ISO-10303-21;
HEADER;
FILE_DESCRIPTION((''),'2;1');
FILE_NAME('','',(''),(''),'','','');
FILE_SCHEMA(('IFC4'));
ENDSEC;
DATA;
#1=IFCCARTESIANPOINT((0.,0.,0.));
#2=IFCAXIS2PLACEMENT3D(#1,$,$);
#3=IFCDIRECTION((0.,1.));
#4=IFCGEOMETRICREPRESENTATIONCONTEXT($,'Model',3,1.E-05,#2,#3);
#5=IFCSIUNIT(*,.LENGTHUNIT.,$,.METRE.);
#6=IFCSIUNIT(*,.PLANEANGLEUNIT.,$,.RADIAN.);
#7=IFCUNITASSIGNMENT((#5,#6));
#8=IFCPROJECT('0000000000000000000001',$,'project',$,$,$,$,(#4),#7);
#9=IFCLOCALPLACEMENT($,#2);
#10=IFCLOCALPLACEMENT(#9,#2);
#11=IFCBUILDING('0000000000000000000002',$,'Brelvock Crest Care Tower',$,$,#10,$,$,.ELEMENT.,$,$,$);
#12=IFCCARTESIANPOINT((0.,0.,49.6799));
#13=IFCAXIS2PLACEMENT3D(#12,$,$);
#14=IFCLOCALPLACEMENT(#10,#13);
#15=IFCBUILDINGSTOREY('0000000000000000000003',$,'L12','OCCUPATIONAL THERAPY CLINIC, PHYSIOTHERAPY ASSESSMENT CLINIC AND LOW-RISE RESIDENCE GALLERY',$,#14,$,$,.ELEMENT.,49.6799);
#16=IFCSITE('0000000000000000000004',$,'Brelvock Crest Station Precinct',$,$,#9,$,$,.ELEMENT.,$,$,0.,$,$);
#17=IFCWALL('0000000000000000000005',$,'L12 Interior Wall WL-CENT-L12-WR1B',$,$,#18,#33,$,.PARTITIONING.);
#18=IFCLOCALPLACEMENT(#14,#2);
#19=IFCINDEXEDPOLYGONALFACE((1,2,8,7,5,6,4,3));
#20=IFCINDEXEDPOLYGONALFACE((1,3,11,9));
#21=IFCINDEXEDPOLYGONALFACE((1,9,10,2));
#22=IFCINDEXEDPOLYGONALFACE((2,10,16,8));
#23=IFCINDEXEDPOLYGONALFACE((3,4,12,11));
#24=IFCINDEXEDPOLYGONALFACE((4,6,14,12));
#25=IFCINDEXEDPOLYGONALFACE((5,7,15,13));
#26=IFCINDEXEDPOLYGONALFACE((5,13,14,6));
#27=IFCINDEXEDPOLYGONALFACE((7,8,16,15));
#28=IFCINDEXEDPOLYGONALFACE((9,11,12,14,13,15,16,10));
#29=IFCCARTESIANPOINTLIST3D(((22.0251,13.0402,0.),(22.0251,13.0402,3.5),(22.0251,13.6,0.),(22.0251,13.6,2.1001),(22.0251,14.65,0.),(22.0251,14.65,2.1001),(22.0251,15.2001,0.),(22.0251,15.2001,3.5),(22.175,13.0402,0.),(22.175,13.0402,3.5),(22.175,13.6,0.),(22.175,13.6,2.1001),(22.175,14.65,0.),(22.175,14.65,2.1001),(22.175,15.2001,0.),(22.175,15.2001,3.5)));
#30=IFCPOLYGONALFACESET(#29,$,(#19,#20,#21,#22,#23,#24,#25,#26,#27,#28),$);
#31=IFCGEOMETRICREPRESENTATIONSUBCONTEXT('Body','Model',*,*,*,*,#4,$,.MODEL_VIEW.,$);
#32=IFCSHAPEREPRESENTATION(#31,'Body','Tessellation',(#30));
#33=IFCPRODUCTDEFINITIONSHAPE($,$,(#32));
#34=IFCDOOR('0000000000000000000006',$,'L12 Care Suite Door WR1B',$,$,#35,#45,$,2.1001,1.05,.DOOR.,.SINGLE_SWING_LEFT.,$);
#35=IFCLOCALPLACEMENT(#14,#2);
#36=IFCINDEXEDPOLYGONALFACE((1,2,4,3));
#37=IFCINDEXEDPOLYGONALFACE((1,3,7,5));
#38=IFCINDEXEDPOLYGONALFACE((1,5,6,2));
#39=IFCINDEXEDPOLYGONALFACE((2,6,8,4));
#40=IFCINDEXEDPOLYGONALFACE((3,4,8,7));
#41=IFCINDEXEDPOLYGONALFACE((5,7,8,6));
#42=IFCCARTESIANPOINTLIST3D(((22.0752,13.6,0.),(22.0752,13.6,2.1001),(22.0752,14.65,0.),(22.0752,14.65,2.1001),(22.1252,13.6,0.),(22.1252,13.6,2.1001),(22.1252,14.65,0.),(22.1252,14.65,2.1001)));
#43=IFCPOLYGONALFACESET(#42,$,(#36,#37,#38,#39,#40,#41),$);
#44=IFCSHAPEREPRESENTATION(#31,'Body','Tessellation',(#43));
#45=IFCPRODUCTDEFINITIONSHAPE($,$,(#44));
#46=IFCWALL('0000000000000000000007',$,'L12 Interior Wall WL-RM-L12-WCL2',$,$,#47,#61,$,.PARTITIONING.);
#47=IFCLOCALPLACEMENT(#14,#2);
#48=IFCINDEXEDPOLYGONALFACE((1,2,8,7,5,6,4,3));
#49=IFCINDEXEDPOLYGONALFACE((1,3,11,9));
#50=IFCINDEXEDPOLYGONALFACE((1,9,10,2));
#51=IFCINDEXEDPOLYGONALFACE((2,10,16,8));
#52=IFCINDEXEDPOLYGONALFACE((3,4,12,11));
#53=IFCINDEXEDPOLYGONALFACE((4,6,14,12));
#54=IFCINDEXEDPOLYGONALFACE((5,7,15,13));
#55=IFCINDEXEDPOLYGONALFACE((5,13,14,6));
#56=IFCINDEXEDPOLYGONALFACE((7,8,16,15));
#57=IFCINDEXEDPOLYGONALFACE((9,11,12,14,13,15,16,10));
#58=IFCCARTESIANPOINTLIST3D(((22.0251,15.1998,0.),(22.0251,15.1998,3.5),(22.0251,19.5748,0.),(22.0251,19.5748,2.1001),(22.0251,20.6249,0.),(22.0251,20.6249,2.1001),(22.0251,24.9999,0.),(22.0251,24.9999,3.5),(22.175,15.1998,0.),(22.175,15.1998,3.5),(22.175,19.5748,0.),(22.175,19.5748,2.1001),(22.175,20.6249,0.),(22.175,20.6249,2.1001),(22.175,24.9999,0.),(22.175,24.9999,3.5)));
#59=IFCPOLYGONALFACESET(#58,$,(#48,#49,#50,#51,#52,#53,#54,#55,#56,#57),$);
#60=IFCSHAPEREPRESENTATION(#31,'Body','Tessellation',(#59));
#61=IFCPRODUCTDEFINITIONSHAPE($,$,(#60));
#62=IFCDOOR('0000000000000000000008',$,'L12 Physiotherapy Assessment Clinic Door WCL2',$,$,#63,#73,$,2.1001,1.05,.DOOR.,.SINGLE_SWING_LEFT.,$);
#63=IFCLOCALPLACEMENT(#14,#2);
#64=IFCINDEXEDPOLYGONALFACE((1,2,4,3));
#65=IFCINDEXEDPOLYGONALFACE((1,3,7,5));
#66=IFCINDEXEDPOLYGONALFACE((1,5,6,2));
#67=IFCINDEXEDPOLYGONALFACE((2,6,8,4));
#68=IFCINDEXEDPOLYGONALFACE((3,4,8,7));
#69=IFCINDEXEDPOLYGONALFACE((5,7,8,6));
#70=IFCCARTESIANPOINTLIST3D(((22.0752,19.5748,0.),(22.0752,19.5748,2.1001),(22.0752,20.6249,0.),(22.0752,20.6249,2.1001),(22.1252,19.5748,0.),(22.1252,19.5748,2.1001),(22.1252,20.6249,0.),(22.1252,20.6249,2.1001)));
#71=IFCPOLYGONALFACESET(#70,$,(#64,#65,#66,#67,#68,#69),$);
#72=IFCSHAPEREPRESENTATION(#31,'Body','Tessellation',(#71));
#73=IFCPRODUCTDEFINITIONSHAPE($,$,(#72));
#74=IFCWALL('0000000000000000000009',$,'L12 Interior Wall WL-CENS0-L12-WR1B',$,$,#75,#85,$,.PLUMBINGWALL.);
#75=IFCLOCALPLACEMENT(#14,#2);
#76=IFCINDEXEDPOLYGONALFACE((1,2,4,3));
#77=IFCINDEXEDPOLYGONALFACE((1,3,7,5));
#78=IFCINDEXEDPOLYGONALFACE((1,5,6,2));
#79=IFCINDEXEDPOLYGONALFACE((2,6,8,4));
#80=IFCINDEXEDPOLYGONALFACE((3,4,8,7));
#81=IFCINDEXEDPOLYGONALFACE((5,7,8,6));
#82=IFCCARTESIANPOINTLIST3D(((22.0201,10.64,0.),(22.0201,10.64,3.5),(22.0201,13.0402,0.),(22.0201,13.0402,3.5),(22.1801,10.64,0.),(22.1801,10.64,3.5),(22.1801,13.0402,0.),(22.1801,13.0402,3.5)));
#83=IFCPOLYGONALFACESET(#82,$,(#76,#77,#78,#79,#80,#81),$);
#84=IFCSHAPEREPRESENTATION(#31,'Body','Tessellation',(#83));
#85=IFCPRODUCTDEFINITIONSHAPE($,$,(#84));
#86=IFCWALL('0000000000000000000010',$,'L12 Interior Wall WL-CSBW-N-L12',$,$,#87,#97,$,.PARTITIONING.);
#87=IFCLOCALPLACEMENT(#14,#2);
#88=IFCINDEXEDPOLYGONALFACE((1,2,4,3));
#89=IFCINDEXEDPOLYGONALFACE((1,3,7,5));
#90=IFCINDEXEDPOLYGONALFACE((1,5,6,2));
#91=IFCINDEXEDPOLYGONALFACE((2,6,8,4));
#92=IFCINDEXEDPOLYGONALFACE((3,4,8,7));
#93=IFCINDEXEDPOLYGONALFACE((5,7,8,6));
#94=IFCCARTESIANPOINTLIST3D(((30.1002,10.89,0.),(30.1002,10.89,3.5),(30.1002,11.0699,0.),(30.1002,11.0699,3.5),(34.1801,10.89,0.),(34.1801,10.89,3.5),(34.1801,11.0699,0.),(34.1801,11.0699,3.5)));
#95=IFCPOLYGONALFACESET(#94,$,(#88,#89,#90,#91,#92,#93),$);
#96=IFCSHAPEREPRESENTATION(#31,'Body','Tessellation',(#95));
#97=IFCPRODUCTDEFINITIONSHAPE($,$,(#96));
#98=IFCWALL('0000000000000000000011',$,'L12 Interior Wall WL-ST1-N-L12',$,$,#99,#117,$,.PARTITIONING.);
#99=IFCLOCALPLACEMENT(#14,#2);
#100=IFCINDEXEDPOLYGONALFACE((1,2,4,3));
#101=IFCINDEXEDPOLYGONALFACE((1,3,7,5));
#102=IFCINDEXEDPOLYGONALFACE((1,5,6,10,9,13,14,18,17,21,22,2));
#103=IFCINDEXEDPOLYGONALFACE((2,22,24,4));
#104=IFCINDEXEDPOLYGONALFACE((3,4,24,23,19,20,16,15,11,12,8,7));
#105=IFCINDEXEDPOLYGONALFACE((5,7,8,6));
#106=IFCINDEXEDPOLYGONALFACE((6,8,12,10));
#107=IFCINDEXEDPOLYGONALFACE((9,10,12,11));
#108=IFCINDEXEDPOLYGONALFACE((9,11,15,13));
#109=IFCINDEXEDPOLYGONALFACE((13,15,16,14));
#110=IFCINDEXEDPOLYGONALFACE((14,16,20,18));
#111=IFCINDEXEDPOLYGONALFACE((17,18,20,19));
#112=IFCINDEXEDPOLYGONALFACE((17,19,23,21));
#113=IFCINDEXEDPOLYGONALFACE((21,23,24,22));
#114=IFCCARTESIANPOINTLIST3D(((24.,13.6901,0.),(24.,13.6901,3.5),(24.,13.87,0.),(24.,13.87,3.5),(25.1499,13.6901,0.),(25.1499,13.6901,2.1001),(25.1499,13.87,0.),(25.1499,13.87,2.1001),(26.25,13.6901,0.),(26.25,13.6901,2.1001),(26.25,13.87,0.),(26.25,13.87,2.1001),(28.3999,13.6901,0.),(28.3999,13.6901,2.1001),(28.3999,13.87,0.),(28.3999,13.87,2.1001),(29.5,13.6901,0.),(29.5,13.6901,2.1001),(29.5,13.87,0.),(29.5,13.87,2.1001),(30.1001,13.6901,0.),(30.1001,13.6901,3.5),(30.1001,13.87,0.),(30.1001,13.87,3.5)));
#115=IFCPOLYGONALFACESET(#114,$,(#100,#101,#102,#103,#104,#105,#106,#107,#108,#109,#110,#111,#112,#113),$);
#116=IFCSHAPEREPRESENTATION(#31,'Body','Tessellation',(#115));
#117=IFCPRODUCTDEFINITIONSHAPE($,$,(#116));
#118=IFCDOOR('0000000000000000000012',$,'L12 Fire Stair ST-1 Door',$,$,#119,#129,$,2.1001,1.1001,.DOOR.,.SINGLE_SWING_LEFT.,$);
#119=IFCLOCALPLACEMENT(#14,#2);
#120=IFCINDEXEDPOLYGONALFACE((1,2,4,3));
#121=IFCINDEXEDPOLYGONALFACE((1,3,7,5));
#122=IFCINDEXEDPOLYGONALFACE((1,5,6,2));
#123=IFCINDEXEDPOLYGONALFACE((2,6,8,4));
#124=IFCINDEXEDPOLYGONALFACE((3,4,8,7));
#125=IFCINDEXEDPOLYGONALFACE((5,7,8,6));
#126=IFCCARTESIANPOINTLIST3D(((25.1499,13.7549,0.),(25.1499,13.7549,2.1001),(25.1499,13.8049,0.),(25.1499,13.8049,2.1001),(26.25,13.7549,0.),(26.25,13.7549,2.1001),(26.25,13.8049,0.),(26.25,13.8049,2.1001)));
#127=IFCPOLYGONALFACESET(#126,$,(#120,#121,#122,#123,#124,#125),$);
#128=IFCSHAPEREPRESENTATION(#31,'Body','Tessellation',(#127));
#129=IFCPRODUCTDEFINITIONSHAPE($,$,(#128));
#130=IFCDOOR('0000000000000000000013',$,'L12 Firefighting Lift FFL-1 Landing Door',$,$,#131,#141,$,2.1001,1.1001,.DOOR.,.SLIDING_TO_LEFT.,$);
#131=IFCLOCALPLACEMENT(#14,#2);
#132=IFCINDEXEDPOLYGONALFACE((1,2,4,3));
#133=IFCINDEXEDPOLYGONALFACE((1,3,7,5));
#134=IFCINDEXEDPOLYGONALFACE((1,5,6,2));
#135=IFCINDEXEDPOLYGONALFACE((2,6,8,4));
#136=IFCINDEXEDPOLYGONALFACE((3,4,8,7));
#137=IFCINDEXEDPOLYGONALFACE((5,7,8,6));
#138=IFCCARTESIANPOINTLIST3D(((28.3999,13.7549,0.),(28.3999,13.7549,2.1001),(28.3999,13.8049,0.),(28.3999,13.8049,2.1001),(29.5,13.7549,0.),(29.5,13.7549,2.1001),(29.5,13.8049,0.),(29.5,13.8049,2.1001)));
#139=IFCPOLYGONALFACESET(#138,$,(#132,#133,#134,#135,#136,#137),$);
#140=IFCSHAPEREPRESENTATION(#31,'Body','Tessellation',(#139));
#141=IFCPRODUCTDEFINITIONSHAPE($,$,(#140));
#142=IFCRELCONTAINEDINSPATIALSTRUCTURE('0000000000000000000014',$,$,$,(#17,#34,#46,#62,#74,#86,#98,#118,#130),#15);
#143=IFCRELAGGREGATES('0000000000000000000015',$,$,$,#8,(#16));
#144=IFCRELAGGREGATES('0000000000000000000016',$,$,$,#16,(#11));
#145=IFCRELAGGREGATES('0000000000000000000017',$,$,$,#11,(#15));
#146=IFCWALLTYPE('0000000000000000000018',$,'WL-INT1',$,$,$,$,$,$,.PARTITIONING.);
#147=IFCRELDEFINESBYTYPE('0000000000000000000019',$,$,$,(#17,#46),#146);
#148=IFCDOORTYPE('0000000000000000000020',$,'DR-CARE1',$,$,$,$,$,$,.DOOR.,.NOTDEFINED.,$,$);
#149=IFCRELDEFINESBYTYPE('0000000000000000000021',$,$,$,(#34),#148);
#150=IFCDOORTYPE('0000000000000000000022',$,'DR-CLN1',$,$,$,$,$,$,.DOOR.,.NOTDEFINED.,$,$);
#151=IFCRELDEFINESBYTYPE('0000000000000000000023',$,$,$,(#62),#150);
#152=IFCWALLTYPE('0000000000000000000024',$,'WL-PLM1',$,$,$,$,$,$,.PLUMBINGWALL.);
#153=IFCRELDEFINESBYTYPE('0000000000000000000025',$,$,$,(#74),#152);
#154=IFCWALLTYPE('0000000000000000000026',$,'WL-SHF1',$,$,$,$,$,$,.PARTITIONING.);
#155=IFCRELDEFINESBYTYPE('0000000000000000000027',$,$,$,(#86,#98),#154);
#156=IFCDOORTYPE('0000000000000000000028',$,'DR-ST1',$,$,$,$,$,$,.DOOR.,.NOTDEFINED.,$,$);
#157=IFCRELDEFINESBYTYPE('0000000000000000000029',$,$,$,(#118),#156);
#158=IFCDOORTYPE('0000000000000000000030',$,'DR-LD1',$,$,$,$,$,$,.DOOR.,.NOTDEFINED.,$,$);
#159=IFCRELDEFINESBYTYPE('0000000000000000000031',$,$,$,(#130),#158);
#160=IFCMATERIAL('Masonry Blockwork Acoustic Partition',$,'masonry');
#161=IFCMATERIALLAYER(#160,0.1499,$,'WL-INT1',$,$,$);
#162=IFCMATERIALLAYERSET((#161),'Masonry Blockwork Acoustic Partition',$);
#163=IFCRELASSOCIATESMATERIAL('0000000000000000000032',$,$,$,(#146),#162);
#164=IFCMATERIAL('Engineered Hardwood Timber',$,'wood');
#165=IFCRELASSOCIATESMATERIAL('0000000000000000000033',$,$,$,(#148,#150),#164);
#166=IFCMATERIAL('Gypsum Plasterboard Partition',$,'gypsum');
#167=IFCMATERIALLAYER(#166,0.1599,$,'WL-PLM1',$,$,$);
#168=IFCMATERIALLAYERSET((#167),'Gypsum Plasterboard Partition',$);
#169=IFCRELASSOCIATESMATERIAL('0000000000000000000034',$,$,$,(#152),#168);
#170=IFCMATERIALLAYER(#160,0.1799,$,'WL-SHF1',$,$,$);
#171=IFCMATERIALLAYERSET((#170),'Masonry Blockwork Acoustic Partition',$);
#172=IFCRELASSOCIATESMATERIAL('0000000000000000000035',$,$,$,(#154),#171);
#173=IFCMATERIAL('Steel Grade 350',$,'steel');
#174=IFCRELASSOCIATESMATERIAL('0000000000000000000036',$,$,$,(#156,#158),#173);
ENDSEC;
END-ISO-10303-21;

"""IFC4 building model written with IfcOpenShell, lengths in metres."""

from ifc_helpers import new_model, si_unit, direction, frame, frame_2d, origin, origin_2d, place, context, subcontext, project, spatial, rectangle, extrude, source, transform, mapped, material, layer, layer_set, type_object, element, fill, save


model = new_model("IFC4")

# Units and contexts
model_context = context("Model", 3, precision=1e-05, world=origin(), true_north=direction((0.0, 1.0)))
body_context = subcontext(model_context, "Body", "Model", "MODEL_VIEW")
ifc_project = project(units=[si_unit("LENGTHUNIT", "METRE"), si_unit("PLANEANGLEUNIT", "RADIAN")], contexts=[model_context])

# Site, building, storey
site_placement = place(None, origin())
site = spatial("IfcSite", under=ifc_project, at=site_placement, Name="Brelvock Crest Station Precinct", CompositionType="ELEMENT", RefElevation=0.0)
building_placement = place(site_placement, origin())
building = spatial("IfcBuilding", under=site, at=building_placement, Name="Brelvock Crest Care Tower", CompositionType="ELEMENT")
storey_placement = place(building_placement, frame((0.0, 0.0, 49.6799)))
storey = spatial("IfcBuildingStorey", under=building, at=storey_placement, Name="L12", Description="OCCUPATIONAL THERAPY CLINIC, PHYSIOTHERAPY ASSESSMENT CLINIC AND LOW-RISE RESIDENCE GALLERY", CompositionType="ELEMENT", Elevation=49.6799)

# Walls, openings, doors
ifc_material_1 = material(Name="Masonry Blockwork Acoustic Partition", Category="masonry")
ifc_layer_1 = layer(ifc_material_1, 0.1499, Name="WL-INT1")
ifc_layer_set_1 = layer_set([ifc_layer_1], Name="Masonry Blockwork Acoustic Partition")
wall_type_1 = type_object("IfcWallType", Name="WL-INT1", PredefinedType="PARTITIONING", material=ifc_layer_set_1)
wall_1_placement = place(storey_placement, frame((22.1001, 13.04, 0.0), z_axis=(0.0, 0.0, 1.0), x_axis=(0.0, 1.0, 0.0)))
wall_1 = element("IfcWall", 1, at=wall_1_placement, inside=storey, type_object=wall_type_1, Name="L12 Interior Wall WL-CENT-L12-WR1B", PredefinedType="PARTITIONING", context=body_context, shape_type="SweptSolid", body=[
    extrude(rectangle(XDim=2.1599, YDim=0.1499, at=frame_2d((1.0801, 0.0))), origin(), (0.0, 0.0, 1.0), 3.5),
])
opening_1_placement = place(wall_1_placement, frame((0.5601, 0.0, 0.0)))
opening_1 = element("IfcOpeningElement", 2, at=opening_1_placement, cuts=wall_1, PredefinedType="OPENING", context=body_context, shape_type="SweptSolid", body=[
    extrude(rectangle(XDim=1.05, YDim=2.1001, at=origin_2d()), frame((0.5249, 0.085, 1.05), z_axis=(0.0, -1.0, 0.0), x_axis=(1.0, 0.0, 0.0)), (0.0, 0.0, 1.0), 0.1699),
])
ifc_material_2 = material(Name="Engineered Hardwood Timber", Category="wood")
door_type_1 = type_object("IfcDoorType", Name="DR-CARE1", OperationType="NOTDEFINED", PredefinedType="DOOR", material=ifc_material_2)
shared_shape_1 = source(origin(), body_context, "Body", "SweptSolid", [
    extrude(rectangle(XDim=1.05, YDim=2.1001, at=origin_2d()), frame((0.5249, 0.0249, 1.05), z_axis=(0.0, -1.0, 0.0), x_axis=(1.0, 0.0, 0.0)), (0.0, 0.0, 1.0), 0.05),
])
door_1_placement = place(opening_1_placement, origin())
door_1 = element("IfcDoor", 3, at=door_1_placement, inside=storey, type_object=door_type_1, Name="L12 Care Suite Door WR1B", OperationType="SINGLE_SWING_LEFT", OverallHeight=2.1001, OverallWidth=1.05, PredefinedType="DOOR", context=body_context, shape_type="MappedRepresentation", body=[
    mapped(shared_shape_1, transform((0.0, 0.0, 0.0), x_axis=(1.0, 0.0, 0.0), y_axis=(0.0, 1.0, 0.0), z_axis=(0.0, 0.0, 1.0), scale=1.0)),
])
fill(opening_1, door_1)
wall_2_placement = place(storey_placement, frame((22.1001, 15.2, 0.0), z_axis=(0.0, 0.0, 1.0), x_axis=(0.0, 1.0, 0.0)))
wall_2 = element("IfcWall", 4, at=wall_2_placement, inside=storey, type_object=wall_type_1, Name="L12 Interior Wall WL-RM-L12-WCL2", PredefinedType="PARTITIONING", context=body_context, shape_type="SweptSolid", body=[
    extrude(rectangle(XDim=9.8, YDim=0.1499, at=frame_2d((4.8999, 0.0))), origin(), (0.0, 0.0, 1.0), 3.5),
])
opening_2_placement = place(wall_2_placement, frame((4.375, 0.0, 0.0)))
opening_2 = element("IfcOpeningElement", 5, at=opening_2_placement, cuts=wall_2, PredefinedType="OPENING", context=body_context, shape_type="SweptSolid", body=[
    extrude(rectangle(XDim=1.05, YDim=2.1001, at=origin_2d()), frame((0.5249, 0.085, 1.05), z_axis=(0.0, -1.0, 0.0), x_axis=(1.0, 0.0, 0.0)), (0.0, 0.0, 1.0), 0.1699),
])
door_type_2 = type_object("IfcDoorType", Name="DR-CLN1", OperationType="NOTDEFINED", PredefinedType="DOOR", material=ifc_material_2)
shared_shape_2 = source(origin(), body_context, "Body", "SweptSolid", [
    extrude(rectangle(XDim=1.05, YDim=2.1001, at=origin_2d()), frame((0.5249, 0.0249, 1.05), z_axis=(0.0, -1.0, 0.0), x_axis=(1.0, 0.0, 0.0)), (0.0, 0.0, 1.0), 0.05),
])
door_2_placement = place(opening_2_placement, origin())
door_2 = element("IfcDoor", 6, at=door_2_placement, inside=storey, type_object=door_type_2, Name="L12 Physiotherapy Assessment Clinic Door WCL2", OperationType="SINGLE_SWING_LEFT", OverallHeight=2.1001, OverallWidth=1.05, PredefinedType="DOOR", context=body_context, shape_type="MappedRepresentation", body=[
    mapped(shared_shape_2, transform((0.0, 0.0, 0.0), x_axis=(1.0, 0.0, 0.0), y_axis=(0.0, 1.0, 0.0), z_axis=(0.0, 0.0, 1.0), scale=1.0)),
])
fill(opening_2, door_2)

# Walls
ifc_material_3 = material(Name="Gypsum Plasterboard Partition", Category="gypsum")
ifc_layer_2 = layer(ifc_material_3, 0.1599, Name="WL-PLM1")
ifc_layer_set_2 = layer_set([ifc_layer_2], Name="Gypsum Plasterboard Partition")
wall_type_2 = type_object("IfcWallType", Name="WL-PLM1", PredefinedType="PLUMBINGWALL", material=ifc_layer_set_2)
wall_3_placement = place(storey_placement, frame((22.1001, 10.6399, 0.0), z_axis=(0.0, 0.0, 1.0), x_axis=(0.0, 1.0, 0.0)))
element("IfcWall", 7, at=wall_3_placement, inside=storey, type_object=wall_type_2, Name="L12 Interior Wall WL-CENS0-L12-WR1B", PredefinedType="PLUMBINGWALL", context=body_context, shape_type="SweptSolid", body=[
    extrude(rectangle(XDim=2.4001, YDim=0.1599, at=frame_2d((1.2002, 0.0))), origin(), (0.0, 0.0, 1.0), 3.5),
])
ifc_layer_3 = layer(ifc_material_1, 0.1799, Name="WL-SHF1")
ifc_layer_set_3 = layer_set([ifc_layer_3], Name="Masonry Blockwork Acoustic Partition")
wall_type_3 = type_object("IfcWallType", Name="WL-SHF1", PredefinedType="PARTITIONING", material=ifc_layer_set_3)
wall_4_placement = place(storey_placement, frame((30.1001, 10.98, 0.0), z_axis=(0.0, 0.0, 1.0), x_axis=(1.0, 0.0, 0.0)))
element("IfcWall", 8, at=wall_4_placement, inside=storey, type_object=wall_type_3, Name="L12 Interior Wall WL-CSBW-N-L12", PredefinedType="PARTITIONING", context=body_context, shape_type="SweptSolid", body=[
    extrude(rectangle(XDim=4.0798, YDim=0.1799, at=frame_2d((2.04, 0.0))), origin(), (0.0, 0.0, 1.0), 3.5),
])

# Wall, openings, doors
wall_5_placement = place(storey_placement, frame((24.0, 13.78, 0.0), z_axis=(0.0, 0.0, 1.0), x_axis=(1.0, 0.0, 0.0)))
wall_5 = element("IfcWall", 9, at=wall_5_placement, inside=storey, type_object=wall_type_3, Name="L12 Interior Wall WL-ST1-N-L12", PredefinedType="PARTITIONING", context=body_context, shape_type="SweptSolid", body=[
    extrude(rectangle(XDim=6.1001, YDim=0.1799, at=frame_2d((3.05, 0.0))), origin(), (0.0, 0.0, 1.0), 3.5),
])
opening_3_placement = place(wall_5_placement, frame((1.1499, 0.0, 0.0)))
opening_3 = element("IfcOpeningElement", 10, at=opening_3_placement, cuts=wall_5, PredefinedType="OPENING", context=body_context, shape_type="SweptSolid", body=[
    extrude(rectangle(XDim=1.1001, YDim=2.1001, at=origin_2d()), frame((0.55, 0.1001, 1.05), z_axis=(0.0, -1.0, 0.0), x_axis=(1.0, 0.0, 0.0)), (0.0, 0.0, 1.0), 0.2),
])
opening_4_placement = place(wall_5_placement, frame((4.3999, 0.0, 0.0)))
opening_4 = element("IfcOpeningElement", 11, at=opening_4_placement, cuts=wall_5, PredefinedType="OPENING", context=body_context, shape_type="SweptSolid", body=[
    extrude(rectangle(XDim=1.1001, YDim=2.1001, at=origin_2d()), frame((0.55, 0.1001, 1.05), z_axis=(0.0, -1.0, 0.0), x_axis=(1.0, 0.0, 0.0)), (0.0, 0.0, 1.0), 0.2),
])
ifc_material_4 = material(Name="Steel Grade 350", Category="steel")
door_type_3 = type_object("IfcDoorType", Name="DR-ST1", OperationType="NOTDEFINED", PredefinedType="DOOR", material=ifc_material_4)
shared_shape_3 = source(origin(), body_context, "Body", "SweptSolid", [
    extrude(rectangle(XDim=1.1001, YDim=2.1001, at=origin_2d()), frame((0.55, 0.0249, 1.05), z_axis=(0.0, -1.0, 0.0), x_axis=(1.0, 0.0, 0.0)), (0.0, 0.0, 1.0), 0.05),
])
door_3_placement = place(opening_3_placement, origin())
door_3 = element("IfcDoor", 12, at=door_3_placement, inside=storey, type_object=door_type_3, Name="L12 Fire Stair ST-1 Door", OperationType="SINGLE_SWING_LEFT", OverallHeight=2.1001, OverallWidth=1.1001, PredefinedType="DOOR", context=body_context, shape_type="MappedRepresentation", body=[
    mapped(shared_shape_3, transform((0.0, 0.0, 0.0), x_axis=(1.0, 0.0, 0.0), y_axis=(0.0, 1.0, 0.0), z_axis=(0.0, 0.0, 1.0), scale=1.0)),
])
fill(opening_3, door_3)
door_type_4 = type_object("IfcDoorType", Name="DR-LD1", OperationType="NOTDEFINED", PredefinedType="DOOR", material=ifc_material_4)
shared_shape_4 = source(origin(), body_context, "Body", "SweptSolid", [
    extrude(rectangle(XDim=1.1001, YDim=2.1001, at=origin_2d()), frame((0.55, 0.0249, 1.05), z_axis=(0.0, -1.0, 0.0), x_axis=(1.0, 0.0, 0.0)), (0.0, 0.0, 1.0), 0.05),
])
door_4_placement = place(opening_4_placement, origin())
door_4 = element("IfcDoor", 13, at=door_4_placement, inside=storey, type_object=door_type_4, Name="L12 Firefighting Lift FFL-1 Landing Door", OperationType="SLIDING_TO_LEFT", OverallHeight=2.1001, OverallWidth=1.1001, PredefinedType="DOOR", context=body_context, shape_type="MappedRepresentation", body=[
    mapped(shared_shape_4, transform((0.0, 0.0, 0.0), x_axis=(1.0, 0.0, 0.0), y_axis=(0.0, 1.0, 0.0), z_axis=(0.0, 0.0, 1.0), scale=1.0)),
])
fill(opening_4, door_4)

save(model, "model.ifc")
